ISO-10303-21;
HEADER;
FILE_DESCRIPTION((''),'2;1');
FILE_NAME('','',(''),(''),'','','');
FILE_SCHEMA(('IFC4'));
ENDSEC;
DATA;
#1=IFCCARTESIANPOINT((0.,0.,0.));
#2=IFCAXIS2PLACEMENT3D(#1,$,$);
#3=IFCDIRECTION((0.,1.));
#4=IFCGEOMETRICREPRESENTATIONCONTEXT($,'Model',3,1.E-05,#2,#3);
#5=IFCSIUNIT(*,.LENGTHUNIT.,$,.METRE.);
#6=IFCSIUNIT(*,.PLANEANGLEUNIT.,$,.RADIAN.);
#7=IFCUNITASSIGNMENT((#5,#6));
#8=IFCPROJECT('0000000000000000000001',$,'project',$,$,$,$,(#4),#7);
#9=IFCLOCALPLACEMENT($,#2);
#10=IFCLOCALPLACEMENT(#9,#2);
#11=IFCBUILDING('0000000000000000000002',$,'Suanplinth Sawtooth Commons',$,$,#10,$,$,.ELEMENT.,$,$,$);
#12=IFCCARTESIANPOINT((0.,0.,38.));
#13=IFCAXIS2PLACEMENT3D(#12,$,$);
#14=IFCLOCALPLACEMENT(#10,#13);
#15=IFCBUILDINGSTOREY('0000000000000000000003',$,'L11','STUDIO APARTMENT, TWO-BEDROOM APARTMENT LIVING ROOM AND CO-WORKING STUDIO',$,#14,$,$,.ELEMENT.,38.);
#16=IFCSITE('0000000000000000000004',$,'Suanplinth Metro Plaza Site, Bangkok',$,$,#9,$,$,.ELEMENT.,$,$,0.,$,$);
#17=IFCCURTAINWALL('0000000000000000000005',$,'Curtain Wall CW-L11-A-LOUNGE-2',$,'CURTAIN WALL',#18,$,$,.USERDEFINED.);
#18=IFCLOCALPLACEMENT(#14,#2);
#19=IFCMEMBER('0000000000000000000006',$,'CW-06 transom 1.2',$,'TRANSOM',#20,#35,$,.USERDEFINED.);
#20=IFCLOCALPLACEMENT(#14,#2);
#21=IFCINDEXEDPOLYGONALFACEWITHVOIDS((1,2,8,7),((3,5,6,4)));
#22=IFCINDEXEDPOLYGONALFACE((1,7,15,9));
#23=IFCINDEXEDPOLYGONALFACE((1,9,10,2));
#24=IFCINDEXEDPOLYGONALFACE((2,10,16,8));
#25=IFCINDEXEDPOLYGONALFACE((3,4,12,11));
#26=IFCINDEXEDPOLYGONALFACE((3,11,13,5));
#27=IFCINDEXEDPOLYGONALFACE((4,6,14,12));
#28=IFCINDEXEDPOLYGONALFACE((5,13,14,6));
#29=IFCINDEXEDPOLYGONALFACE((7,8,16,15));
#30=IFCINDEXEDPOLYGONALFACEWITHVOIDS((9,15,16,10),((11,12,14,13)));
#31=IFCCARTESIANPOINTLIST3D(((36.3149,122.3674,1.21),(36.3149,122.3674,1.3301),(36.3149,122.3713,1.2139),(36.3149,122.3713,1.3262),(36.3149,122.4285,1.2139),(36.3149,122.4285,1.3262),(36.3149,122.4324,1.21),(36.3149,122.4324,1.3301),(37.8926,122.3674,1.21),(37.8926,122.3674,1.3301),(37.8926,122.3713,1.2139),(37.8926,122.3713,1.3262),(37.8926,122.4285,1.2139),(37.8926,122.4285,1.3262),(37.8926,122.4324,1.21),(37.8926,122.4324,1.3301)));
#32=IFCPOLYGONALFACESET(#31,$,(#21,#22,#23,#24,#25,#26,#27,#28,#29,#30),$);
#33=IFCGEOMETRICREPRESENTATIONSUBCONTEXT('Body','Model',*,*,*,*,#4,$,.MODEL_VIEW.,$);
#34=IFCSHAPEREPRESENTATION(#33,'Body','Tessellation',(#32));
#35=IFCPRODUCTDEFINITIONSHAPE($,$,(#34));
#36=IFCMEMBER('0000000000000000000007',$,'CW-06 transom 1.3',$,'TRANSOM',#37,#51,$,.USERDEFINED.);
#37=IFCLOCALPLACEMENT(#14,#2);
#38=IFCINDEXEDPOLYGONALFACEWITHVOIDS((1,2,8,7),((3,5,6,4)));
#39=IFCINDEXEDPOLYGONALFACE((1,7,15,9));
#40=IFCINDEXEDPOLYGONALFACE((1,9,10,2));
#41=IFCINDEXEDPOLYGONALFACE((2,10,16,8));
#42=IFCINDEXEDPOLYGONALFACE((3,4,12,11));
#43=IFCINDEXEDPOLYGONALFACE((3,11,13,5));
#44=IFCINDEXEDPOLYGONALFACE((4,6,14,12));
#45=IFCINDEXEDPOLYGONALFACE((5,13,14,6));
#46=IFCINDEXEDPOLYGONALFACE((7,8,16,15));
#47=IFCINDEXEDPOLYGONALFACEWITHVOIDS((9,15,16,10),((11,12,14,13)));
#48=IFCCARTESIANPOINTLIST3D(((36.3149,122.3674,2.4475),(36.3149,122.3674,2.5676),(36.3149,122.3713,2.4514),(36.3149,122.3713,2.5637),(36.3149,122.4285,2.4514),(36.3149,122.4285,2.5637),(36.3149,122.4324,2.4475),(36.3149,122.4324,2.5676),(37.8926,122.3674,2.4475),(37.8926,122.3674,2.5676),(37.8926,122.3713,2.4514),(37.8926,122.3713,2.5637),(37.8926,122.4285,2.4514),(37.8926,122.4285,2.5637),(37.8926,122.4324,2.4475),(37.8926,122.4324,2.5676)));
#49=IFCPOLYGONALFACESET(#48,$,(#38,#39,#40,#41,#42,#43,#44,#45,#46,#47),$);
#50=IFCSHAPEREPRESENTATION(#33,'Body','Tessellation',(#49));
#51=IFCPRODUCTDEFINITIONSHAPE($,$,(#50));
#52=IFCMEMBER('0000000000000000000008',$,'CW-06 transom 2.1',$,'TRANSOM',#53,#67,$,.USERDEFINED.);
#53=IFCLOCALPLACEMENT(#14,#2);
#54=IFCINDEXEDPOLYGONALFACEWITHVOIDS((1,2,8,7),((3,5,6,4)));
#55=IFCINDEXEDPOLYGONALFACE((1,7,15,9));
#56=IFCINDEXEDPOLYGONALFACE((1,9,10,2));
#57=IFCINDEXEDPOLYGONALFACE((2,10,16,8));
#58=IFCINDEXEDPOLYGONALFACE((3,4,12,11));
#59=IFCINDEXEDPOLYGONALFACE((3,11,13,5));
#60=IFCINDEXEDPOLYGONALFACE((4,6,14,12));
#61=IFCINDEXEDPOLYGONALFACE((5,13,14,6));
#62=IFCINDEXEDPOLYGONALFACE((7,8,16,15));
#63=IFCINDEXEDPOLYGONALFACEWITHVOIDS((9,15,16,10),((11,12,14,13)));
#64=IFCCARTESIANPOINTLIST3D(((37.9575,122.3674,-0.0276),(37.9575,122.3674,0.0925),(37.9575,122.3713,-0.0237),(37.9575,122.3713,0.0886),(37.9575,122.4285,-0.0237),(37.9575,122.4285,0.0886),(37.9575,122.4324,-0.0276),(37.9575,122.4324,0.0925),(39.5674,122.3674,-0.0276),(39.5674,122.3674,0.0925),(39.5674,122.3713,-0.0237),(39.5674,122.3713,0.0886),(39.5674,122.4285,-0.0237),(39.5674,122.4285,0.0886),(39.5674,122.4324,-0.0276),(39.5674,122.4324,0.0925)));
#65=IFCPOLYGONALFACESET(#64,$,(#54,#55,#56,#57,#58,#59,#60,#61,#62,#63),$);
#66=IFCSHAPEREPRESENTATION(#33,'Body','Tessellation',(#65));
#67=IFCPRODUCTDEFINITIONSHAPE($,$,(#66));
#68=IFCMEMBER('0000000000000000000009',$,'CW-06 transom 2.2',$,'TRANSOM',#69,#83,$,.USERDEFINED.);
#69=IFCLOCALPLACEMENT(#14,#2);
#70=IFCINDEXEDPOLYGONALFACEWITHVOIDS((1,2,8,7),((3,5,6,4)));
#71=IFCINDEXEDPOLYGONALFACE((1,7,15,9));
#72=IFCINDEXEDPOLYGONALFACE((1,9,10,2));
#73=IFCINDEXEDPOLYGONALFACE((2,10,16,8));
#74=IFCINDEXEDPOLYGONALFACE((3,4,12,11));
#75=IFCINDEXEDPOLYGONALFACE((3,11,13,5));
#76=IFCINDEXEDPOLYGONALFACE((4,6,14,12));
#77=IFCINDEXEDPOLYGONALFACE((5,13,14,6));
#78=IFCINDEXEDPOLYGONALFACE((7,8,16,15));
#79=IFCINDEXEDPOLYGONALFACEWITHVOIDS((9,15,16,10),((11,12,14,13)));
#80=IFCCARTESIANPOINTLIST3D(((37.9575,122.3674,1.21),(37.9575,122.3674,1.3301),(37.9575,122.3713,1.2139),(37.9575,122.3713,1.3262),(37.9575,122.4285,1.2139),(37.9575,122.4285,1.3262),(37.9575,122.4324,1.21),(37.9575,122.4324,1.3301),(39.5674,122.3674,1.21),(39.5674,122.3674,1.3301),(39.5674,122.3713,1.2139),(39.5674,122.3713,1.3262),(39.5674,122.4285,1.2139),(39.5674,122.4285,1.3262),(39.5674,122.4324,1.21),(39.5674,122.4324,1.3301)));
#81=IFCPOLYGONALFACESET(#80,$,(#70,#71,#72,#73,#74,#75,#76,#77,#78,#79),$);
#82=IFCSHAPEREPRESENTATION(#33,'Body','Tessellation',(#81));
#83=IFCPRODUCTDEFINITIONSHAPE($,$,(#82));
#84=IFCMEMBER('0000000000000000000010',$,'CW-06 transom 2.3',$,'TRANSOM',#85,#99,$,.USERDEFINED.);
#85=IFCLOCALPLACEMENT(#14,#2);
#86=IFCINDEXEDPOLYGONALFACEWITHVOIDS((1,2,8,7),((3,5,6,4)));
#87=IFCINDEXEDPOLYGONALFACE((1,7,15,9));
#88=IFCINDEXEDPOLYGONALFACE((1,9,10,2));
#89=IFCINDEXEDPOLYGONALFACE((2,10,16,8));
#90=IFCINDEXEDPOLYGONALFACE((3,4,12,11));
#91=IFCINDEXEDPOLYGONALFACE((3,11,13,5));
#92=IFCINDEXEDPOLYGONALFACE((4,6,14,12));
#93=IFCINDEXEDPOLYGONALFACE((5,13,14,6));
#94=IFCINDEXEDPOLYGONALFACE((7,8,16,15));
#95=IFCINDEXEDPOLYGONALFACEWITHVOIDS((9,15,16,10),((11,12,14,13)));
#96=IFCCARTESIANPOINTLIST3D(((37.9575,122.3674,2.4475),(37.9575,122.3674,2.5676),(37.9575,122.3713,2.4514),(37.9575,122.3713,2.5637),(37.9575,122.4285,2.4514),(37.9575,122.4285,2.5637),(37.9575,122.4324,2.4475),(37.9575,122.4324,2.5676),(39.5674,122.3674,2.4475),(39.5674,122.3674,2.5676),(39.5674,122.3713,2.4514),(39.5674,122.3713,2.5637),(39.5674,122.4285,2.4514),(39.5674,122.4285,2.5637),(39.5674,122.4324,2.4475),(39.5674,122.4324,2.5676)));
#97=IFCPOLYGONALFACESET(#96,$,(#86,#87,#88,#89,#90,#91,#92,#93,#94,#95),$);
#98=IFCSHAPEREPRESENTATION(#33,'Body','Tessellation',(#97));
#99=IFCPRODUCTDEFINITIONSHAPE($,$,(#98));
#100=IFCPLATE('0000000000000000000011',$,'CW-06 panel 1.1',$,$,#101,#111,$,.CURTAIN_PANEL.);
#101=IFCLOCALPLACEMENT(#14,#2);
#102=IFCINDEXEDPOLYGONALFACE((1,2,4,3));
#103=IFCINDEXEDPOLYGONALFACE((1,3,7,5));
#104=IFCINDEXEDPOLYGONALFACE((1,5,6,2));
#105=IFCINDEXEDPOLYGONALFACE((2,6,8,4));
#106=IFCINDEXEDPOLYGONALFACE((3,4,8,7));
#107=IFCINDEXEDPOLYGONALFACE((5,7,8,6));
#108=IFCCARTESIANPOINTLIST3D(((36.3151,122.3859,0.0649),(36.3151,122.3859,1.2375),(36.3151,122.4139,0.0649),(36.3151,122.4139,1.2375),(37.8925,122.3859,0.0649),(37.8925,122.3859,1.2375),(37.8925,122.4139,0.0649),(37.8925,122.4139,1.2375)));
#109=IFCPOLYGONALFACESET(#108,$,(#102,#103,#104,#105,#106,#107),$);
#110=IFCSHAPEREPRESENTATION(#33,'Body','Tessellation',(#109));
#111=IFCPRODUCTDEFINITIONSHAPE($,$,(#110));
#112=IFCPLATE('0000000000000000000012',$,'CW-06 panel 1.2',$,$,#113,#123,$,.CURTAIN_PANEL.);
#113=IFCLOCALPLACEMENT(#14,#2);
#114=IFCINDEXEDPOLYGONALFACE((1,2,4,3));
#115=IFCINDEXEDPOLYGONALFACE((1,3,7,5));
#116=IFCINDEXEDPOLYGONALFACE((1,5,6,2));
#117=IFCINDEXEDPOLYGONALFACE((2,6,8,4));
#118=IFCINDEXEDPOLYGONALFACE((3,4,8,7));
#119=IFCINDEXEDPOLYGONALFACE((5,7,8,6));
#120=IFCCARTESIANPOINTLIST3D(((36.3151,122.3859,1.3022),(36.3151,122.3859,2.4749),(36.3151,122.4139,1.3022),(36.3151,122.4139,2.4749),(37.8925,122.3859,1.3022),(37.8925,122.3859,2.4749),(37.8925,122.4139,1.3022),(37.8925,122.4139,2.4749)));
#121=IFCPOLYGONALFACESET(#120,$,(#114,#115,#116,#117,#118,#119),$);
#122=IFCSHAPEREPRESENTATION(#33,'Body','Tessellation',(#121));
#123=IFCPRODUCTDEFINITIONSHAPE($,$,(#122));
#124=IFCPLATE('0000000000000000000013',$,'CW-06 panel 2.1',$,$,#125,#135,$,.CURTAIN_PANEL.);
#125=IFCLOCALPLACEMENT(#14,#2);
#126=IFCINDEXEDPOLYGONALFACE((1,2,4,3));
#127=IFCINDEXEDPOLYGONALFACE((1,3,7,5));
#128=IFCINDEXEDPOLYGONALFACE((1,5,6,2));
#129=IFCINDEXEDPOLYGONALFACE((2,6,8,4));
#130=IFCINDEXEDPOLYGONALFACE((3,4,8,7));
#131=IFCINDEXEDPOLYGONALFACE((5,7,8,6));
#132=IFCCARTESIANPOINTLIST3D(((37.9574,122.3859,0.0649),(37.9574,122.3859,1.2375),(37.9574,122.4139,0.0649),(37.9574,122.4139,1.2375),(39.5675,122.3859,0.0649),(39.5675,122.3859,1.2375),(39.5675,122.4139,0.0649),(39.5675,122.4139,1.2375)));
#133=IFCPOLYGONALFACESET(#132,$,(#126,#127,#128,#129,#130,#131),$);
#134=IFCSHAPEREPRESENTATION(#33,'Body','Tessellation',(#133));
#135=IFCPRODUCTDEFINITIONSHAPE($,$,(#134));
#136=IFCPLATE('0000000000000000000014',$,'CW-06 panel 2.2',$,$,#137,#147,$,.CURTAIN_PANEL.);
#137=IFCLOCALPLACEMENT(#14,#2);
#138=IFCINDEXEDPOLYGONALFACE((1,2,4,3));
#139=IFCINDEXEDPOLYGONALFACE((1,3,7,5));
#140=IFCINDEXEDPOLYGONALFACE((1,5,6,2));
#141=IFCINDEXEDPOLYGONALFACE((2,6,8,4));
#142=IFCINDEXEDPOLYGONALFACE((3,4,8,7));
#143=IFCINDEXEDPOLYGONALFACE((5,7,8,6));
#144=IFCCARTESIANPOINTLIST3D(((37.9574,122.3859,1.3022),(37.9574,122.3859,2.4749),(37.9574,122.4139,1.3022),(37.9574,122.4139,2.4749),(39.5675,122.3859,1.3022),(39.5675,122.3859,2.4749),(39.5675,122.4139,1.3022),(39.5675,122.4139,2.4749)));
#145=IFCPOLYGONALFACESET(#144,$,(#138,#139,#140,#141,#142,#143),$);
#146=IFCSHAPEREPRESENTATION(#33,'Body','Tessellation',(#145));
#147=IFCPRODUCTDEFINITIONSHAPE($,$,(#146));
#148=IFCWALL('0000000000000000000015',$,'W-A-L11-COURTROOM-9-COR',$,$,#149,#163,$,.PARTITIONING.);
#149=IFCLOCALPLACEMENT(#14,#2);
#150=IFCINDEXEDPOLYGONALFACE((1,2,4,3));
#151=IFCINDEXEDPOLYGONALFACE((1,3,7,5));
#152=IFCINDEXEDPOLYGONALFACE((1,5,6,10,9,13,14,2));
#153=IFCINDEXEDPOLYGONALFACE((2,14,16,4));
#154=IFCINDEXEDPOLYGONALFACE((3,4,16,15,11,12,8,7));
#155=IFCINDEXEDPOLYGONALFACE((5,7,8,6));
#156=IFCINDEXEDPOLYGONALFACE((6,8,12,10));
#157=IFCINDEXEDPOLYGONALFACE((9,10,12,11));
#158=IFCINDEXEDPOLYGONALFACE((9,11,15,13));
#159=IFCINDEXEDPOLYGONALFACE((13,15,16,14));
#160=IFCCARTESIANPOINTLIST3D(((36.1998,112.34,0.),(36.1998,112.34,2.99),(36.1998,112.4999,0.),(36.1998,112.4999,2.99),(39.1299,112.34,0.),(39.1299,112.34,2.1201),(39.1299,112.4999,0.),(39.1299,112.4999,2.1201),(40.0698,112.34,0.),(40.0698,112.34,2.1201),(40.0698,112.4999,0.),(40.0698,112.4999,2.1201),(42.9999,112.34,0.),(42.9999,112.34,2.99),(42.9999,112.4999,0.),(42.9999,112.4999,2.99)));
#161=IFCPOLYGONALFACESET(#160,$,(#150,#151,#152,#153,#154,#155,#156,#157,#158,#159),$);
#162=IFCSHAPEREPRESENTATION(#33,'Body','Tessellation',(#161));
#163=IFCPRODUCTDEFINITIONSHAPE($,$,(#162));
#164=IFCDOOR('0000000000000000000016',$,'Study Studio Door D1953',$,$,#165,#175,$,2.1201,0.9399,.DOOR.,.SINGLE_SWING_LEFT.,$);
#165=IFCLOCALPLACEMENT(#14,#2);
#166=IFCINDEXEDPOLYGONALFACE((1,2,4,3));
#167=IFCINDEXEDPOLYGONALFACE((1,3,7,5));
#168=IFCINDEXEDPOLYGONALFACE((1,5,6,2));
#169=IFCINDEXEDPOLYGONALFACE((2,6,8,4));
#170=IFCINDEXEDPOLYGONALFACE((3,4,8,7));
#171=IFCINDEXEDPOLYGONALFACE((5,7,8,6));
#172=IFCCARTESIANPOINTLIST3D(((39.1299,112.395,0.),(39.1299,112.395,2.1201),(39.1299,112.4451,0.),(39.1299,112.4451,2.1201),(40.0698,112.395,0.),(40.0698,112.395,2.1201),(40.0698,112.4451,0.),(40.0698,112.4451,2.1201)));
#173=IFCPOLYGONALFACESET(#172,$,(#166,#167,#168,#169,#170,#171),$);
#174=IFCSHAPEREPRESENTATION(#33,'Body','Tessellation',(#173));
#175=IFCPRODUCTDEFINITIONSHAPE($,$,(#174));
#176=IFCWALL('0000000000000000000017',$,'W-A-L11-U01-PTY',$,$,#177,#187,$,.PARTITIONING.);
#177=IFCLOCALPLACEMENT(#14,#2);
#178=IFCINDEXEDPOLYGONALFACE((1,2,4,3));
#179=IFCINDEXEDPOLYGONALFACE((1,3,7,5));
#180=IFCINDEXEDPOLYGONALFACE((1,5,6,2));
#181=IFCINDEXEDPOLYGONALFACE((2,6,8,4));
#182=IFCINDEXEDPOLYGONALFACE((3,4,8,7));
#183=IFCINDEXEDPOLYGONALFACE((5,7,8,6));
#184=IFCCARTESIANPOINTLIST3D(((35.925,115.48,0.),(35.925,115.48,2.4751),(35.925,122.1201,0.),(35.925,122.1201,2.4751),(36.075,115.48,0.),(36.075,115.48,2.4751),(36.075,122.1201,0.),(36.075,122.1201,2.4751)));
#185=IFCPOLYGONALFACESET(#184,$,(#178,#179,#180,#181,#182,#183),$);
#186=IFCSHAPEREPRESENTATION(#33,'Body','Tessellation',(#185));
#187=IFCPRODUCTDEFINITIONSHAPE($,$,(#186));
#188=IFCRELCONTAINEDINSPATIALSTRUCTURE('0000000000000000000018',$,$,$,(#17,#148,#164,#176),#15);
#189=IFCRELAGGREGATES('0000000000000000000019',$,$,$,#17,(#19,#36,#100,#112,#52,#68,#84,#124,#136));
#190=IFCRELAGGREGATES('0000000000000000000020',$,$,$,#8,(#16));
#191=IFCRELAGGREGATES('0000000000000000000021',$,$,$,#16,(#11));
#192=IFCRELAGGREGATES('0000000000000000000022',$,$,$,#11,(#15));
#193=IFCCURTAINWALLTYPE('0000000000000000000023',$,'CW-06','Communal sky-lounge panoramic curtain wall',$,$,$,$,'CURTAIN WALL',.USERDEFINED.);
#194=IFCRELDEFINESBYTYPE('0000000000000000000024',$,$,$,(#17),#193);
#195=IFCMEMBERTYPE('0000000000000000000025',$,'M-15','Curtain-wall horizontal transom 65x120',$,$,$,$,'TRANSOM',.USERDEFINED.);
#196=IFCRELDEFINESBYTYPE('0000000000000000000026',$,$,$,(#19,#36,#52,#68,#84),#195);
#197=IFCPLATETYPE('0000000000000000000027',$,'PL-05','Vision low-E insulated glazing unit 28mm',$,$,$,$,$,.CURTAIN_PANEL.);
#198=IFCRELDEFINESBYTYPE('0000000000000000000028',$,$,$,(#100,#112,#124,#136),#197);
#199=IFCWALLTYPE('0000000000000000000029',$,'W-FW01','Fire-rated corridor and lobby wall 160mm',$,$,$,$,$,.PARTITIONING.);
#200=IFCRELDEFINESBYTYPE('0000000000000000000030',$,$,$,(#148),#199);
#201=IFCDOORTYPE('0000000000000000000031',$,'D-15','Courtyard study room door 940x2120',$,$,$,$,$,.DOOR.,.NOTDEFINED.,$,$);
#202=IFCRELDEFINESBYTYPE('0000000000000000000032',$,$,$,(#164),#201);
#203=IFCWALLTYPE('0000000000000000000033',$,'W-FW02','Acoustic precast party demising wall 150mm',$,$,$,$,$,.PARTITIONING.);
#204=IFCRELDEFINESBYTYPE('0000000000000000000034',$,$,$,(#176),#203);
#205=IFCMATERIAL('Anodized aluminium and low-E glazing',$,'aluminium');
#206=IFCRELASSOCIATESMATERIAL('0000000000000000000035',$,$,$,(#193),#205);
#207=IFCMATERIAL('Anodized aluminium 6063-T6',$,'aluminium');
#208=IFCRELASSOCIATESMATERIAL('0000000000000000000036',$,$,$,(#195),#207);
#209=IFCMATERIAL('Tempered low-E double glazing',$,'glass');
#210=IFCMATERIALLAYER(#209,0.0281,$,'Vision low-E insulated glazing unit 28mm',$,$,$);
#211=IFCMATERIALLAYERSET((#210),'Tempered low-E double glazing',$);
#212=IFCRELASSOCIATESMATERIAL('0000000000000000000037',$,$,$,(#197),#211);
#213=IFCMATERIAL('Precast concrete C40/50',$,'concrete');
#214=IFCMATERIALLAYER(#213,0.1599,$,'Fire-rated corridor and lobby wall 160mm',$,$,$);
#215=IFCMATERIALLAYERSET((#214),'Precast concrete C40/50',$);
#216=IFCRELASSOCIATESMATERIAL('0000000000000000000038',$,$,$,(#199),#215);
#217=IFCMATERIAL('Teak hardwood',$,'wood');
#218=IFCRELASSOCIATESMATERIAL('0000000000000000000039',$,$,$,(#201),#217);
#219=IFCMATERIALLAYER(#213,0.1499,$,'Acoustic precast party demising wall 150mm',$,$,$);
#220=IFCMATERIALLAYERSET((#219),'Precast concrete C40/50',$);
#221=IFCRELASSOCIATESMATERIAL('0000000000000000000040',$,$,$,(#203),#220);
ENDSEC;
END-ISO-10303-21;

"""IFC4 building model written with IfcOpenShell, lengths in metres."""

from ifc_helpers import new_model, si_unit, direction, frame, frame_2d, origin, origin_2d, place, context, subcontext, project, spatial, rectangle, hollow_rectangle, extrude, material, layer, layer_set, material_profile, profile_set, type_object, element, fill, aggregate, save


model = new_model("IFC4")

# Units and contexts
model_context = context("Model", 3, precision=1e-05, world=origin(), true_north=direction((0.0, 1.0)))
body_context = subcontext(model_context, "Body", "Model", "MODEL_VIEW")
ifc_project = project(units=[si_unit("LENGTHUNIT", "METRE"), si_unit("PLANEANGLEUNIT", "RADIAN")], contexts=[model_context])

# Site, building, storey
site_placement = place(None, origin())
site = spatial("IfcSite", under=ifc_project, at=site_placement, Name="Suanplinth Metro Plaza Site, Bangkok", CompositionType="ELEMENT", RefElevation=0.0)
building_placement = place(site_placement, origin())
building = spatial("IfcBuilding", under=site, at=building_placement, Name="Suanplinth Sawtooth Commons", CompositionType="ELEMENT")
storey_placement = place(building_placement, frame((0.0, 0.0, 38.0)))
storey = spatial("IfcBuildingStorey", under=building, at=storey_placement, Name="L11", Description="STUDIO APARTMENT, TWO-BEDROOM APARTMENT LIVING ROOM AND CO-WORKING STUDIO", CompositionType="ELEMENT", Elevation=38.0)

# Shared definitions
ifc_material_1 = material(Name="Precast concrete C40/50", Category="concrete")

# Curtain wall, members, plates
ifc_material_2 = material(Name="Anodized aluminium and low-E glazing", Category="aluminium")
curtain_wall_type = type_object("IfcCurtainWallType", Name="CW-06", Description="Communal sky-lounge panoramic curtain wall", ElementType="CURTAIN WALL", PredefinedType="USERDEFINED", material=ifc_material_2)
curtain_wall_placement = place(storey_placement, origin())
curtain_wall = element("IfcCurtainWall", 1, at=curtain_wall_placement, inside=storey, type_object=curtain_wall_type, Name="Curtain Wall CW-L11-A-LOUNGE-2", ObjectType="CURTAIN WALL", PredefinedType="USERDEFINED")
ifc_material_3 = material(Name="Anodized aluminium 6063-T6", Category="aluminium")
ifc_material_profile_1 = material_profile(ifc_material_3, hollow_rectangle(XDim=0.0649, YDim=0.1201, WallThickness=0.0039, at=origin_2d()), Name="ALU-TRN 65x120")
ifc_profile_set_1 = profile_set([ifc_material_profile_1], Name="Anodized aluminium 6063-T6")
member_type_1 = type_object("IfcMemberType", Name="M-15", Description="Curtain-wall horizontal transom 65x120", ElementType="TRANSOM", PredefinedType="USERDEFINED", material=ifc_profile_set_1)
member_1_placement = place(storey_placement, frame((36.3149, 122.3999, 1.27), z_axis=(1.0, 0.0, 0.0), x_axis=(0.0, 1.0, 0.0)))
member_1 = element("IfcMember", 2, at=member_1_placement, type_object=member_type_1, Name="CW-06 transom 1.2", ObjectType="TRANSOM", PredefinedType="USERDEFINED", context=body_context, shape_type="SweptSolid", body=[
    extrude(hollow_rectangle(XDim=0.0649, YDim=0.1201, WallThickness=0.0039, at=origin_2d()), origin(), (0.0, 0.0, 1.0), 1.5776),
])
member_2_placement = place(storey_placement, frame((36.3149, 122.3999, 2.5076), z_axis=(1.0, 0.0, 0.0), x_axis=(0.0, 1.0, 0.0)))
member_2 = element("IfcMember", 3, at=member_2_placement, type_object=member_type_1, Name="CW-06 transom 1.3", ObjectType="TRANSOM", PredefinedType="USERDEFINED", context=body_context, shape_type="SweptSolid", body=[
    extrude(hollow_rectangle(XDim=0.0649, YDim=0.1201, WallThickness=0.0039, at=origin_2d()), origin(), (0.0, 0.0, 1.0), 1.5776),
])
member_3_placement = place(storey_placement, frame((37.9575, 122.3999, 0.0325), z_axis=(1.0, 0.0, 0.0), x_axis=(0.0, 1.0, 0.0)))
member_3 = element("IfcMember", 4, at=member_3_placement, type_object=member_type_1, Name="CW-06 transom 2.1", ObjectType="TRANSOM", PredefinedType="USERDEFINED", context=body_context, shape_type="SweptSolid", body=[
    extrude(hollow_rectangle(XDim=0.0649, YDim=0.1201, WallThickness=0.0039, at=origin_2d()), origin(), (0.0, 0.0, 1.0), 1.6099),
])
member_4_placement = place(storey_placement, frame((37.9575, 122.3999, 1.27), z_axis=(1.0, 0.0, 0.0), x_axis=(0.0, 1.0, 0.0)))
member_4 = element("IfcMember", 5, at=member_4_placement, type_object=member_type_1, Name="CW-06 transom 2.2", ObjectType="TRANSOM", PredefinedType="USERDEFINED", context=body_context, shape_type="SweptSolid", body=[
    extrude(hollow_rectangle(XDim=0.0649, YDim=0.1201, WallThickness=0.0039, at=origin_2d()), origin(), (0.0, 0.0, 1.0), 1.6099),
])
member_5_placement = place(storey_placement, frame((37.9575, 122.3999, 2.5076), z_axis=(1.0, 0.0, 0.0), x_axis=(0.0, 1.0, 0.0)))
member_5 = element("IfcMember", 6, at=member_5_placement, type_object=member_type_1, Name="CW-06 transom 2.3", ObjectType="TRANSOM", PredefinedType="USERDEFINED", context=body_context, shape_type="SweptSolid", body=[
    extrude(hollow_rectangle(XDim=0.0649, YDim=0.1201, WallThickness=0.0039, at=origin_2d()), origin(), (0.0, 0.0, 1.0), 1.6099),
])
ifc_material_4 = material(Name="Tempered low-E double glazing", Category="glass")
ifc_layer_1 = layer(ifc_material_4, 0.0281, Name="Vision low-E insulated glazing unit 28mm")
ifc_layer_set_1 = layer_set([ifc_layer_1], Name="Tempered low-E double glazing")
plate_type = type_object("IfcPlateType", Name="PL-05", Description="Vision low-E insulated glazing unit 28mm", PredefinedType="CURTAIN_PANEL", material=ifc_layer_set_1)
plate_1_placement = place(storey_placement, frame((37.1038, 122.3999, 0.0649), z_axis=(0.0, 0.0, 1.0), x_axis=(1.0, 0.0, 0.0)))
plate_1 = element("IfcPlate", 7, at=plate_1_placement, type_object=plate_type, Name="CW-06 panel 1.1", PredefinedType="CURTAIN_PANEL", context=body_context, shape_type="SweptSolid", body=[
    extrude(rectangle(XDim=1.5774, YDim=0.0281, at=origin_2d()), origin(), (0.0, 0.0, 1.0), 1.1726),
])
plate_2_placement = place(storey_placement, frame((37.1038, 122.3999, 1.3022), z_axis=(0.0, 0.0, 1.0), x_axis=(1.0, 0.0, 0.0)))
plate_2 = element("IfcPlate", 8, at=plate_2_placement, type_object=plate_type, Name="CW-06 panel 1.2", PredefinedType="CURTAIN_PANEL", context=body_context, shape_type="SweptSolid", body=[
    extrude(rectangle(XDim=1.5774, YDim=0.0281, at=origin_2d()), origin(), (0.0, 0.0, 1.0), 1.1726),
])
plate_3_placement = place(storey_placement, frame((38.7625, 122.3999, 0.0649), z_axis=(0.0, 0.0, 1.0), x_axis=(1.0, 0.0, 0.0)))
plate_3 = element("IfcPlate", 9, at=plate_3_placement, type_object=plate_type, Name="CW-06 panel 2.1", PredefinedType="CURTAIN_PANEL", context=body_context, shape_type="SweptSolid", body=[
    extrude(rectangle(XDim=1.6101, YDim=0.0281, at=origin_2d()), origin(), (0.0, 0.0, 1.0), 1.1726),
])
plate_4_placement = place(storey_placement, frame((38.7625, 122.3999, 1.3022), z_axis=(0.0, 0.0, 1.0), x_axis=(1.0, 0.0, 0.0)))
plate_4 = element("IfcPlate", 10, at=plate_4_placement, type_object=plate_type, Name="CW-06 panel 2.2", PredefinedType="CURTAIN_PANEL", context=body_context, shape_type="SweptSolid", body=[
    extrude(rectangle(XDim=1.6101, YDim=0.0281, at=origin_2d()), origin(), (0.0, 0.0, 1.0), 1.1726),
])
aggregate(curtain_wall, [member_1, member_2, plate_1, plate_2, member_3, member_4, member_5, plate_3, plate_4])

# Wall, opening, door
ifc_layer_2 = layer(ifc_material_1, 0.1599, Name="Fire-rated corridor and lobby wall 160mm")
ifc_layer_set_2 = layer_set([ifc_layer_2], Name="Precast concrete C40/50")
wall_type_1 = type_object("IfcWallType", Name="W-FW01", Description="Fire-rated corridor and lobby wall 160mm", PredefinedType="PARTITIONING", material=ifc_layer_set_2)
wall_1_placement = place(storey_placement, frame((36.2, 112.4199, 0.0), z_axis=(0.0, 0.0, 1.0), x_axis=(1.0, 0.0, 0.0)))
wall_1 = element("IfcWall", 11, at=wall_1_placement, inside=storey, type_object=wall_type_1, Name="W-A-L11-COURTROOM-9-COR", PredefinedType="PARTITIONING", context=body_context, shape_type="SweptSolid", body=[
    extrude(rectangle(XDim=6.8, YDim=0.1599, at=frame_2d((3.3999, 0.0))), origin(), (0.0, 0.0, 1.0), 2.99),
])
opening_1_placement = place(wall_1_placement, frame((2.9299, 0.0, 0.0)))
opening_1 = element("IfcOpeningElement", 12, at=opening_1_placement, cuts=wall_1, PredefinedType="OPENING", context=body_context, shape_type="SweptSolid", body=[
    extrude(rectangle(XDim=0.9399, YDim=2.1201, at=frame_2d((0.47, 1.0601))), frame((0.0, 0.0947, 0.0), z_axis=(0.0, -1.0, 0.0), x_axis=(1.0, 0.0, 0.0)), (0.0, 0.0, 1.0), 0.1897),
])
ifc_material_5 = material(Name="Teak hardwood", Category="wood")
door_type_1 = type_object("IfcDoorType", Name="D-15", Description="Courtyard study room door 940x2120", OperationType="NOTDEFINED", PredefinedType="DOOR", material=ifc_material_5)
door_1_placement = place(opening_1_placement, frame((0.9399, 0.0, 0.0), z_axis=(0.0, 0.0, 1.0), x_axis=(-1.0, 0.0, 0.0)))
door_1 = element("IfcDoor", 13, at=door_1_placement, inside=storey, type_object=door_type_1, Name="Study Studio Door D1953", OperationType="SINGLE_SWING_LEFT", OverallHeight=2.1201, OverallWidth=0.9399, PredefinedType="DOOR", context=body_context, shape_type="SweptSolid", body=[
    extrude(rectangle(XDim=0.9399, YDim=2.1201, at=frame_2d((0.47, 1.0601))), frame((0.0, 0.0249, 0.0), z_axis=(0.0, -1.0, 0.0), x_axis=(1.0, 0.0, 0.0)), (0.0, 0.0, 1.0), 0.05),
])
fill(opening_1, door_1)

# Wall
ifc_layer_3 = layer(ifc_material_1, 0.1499, Name="Acoustic precast party demising wall 150mm")
ifc_layer_set_3 = layer_set([ifc_layer_3], Name="Precast concrete C40/50")
wall_type_2 = type_object("IfcWallType", Name="W-FW02", Description="Acoustic precast party demising wall 150mm", PredefinedType="PARTITIONING", material=ifc_layer_set_3)
wall_2_placement = place(storey_placement, frame((36.0, 115.48, 0.0), z_axis=(0.0, 0.0, 1.0), x_axis=(0.0, 1.0, 0.0)))
element("IfcWall", 14, at=wall_2_placement, inside=storey, type_object=wall_type_2, Name="W-A-L11-U01-PTY", PredefinedType="PARTITIONING", context=body_context, shape_type="SweptSolid", body=[
    extrude(rectangle(XDim=6.6401, YDim=0.1499, at=frame_2d((3.3201, 0.0))), origin(), (0.0, 0.0, 1.0), 2.4751),
])

save(model, "model.ifc")
